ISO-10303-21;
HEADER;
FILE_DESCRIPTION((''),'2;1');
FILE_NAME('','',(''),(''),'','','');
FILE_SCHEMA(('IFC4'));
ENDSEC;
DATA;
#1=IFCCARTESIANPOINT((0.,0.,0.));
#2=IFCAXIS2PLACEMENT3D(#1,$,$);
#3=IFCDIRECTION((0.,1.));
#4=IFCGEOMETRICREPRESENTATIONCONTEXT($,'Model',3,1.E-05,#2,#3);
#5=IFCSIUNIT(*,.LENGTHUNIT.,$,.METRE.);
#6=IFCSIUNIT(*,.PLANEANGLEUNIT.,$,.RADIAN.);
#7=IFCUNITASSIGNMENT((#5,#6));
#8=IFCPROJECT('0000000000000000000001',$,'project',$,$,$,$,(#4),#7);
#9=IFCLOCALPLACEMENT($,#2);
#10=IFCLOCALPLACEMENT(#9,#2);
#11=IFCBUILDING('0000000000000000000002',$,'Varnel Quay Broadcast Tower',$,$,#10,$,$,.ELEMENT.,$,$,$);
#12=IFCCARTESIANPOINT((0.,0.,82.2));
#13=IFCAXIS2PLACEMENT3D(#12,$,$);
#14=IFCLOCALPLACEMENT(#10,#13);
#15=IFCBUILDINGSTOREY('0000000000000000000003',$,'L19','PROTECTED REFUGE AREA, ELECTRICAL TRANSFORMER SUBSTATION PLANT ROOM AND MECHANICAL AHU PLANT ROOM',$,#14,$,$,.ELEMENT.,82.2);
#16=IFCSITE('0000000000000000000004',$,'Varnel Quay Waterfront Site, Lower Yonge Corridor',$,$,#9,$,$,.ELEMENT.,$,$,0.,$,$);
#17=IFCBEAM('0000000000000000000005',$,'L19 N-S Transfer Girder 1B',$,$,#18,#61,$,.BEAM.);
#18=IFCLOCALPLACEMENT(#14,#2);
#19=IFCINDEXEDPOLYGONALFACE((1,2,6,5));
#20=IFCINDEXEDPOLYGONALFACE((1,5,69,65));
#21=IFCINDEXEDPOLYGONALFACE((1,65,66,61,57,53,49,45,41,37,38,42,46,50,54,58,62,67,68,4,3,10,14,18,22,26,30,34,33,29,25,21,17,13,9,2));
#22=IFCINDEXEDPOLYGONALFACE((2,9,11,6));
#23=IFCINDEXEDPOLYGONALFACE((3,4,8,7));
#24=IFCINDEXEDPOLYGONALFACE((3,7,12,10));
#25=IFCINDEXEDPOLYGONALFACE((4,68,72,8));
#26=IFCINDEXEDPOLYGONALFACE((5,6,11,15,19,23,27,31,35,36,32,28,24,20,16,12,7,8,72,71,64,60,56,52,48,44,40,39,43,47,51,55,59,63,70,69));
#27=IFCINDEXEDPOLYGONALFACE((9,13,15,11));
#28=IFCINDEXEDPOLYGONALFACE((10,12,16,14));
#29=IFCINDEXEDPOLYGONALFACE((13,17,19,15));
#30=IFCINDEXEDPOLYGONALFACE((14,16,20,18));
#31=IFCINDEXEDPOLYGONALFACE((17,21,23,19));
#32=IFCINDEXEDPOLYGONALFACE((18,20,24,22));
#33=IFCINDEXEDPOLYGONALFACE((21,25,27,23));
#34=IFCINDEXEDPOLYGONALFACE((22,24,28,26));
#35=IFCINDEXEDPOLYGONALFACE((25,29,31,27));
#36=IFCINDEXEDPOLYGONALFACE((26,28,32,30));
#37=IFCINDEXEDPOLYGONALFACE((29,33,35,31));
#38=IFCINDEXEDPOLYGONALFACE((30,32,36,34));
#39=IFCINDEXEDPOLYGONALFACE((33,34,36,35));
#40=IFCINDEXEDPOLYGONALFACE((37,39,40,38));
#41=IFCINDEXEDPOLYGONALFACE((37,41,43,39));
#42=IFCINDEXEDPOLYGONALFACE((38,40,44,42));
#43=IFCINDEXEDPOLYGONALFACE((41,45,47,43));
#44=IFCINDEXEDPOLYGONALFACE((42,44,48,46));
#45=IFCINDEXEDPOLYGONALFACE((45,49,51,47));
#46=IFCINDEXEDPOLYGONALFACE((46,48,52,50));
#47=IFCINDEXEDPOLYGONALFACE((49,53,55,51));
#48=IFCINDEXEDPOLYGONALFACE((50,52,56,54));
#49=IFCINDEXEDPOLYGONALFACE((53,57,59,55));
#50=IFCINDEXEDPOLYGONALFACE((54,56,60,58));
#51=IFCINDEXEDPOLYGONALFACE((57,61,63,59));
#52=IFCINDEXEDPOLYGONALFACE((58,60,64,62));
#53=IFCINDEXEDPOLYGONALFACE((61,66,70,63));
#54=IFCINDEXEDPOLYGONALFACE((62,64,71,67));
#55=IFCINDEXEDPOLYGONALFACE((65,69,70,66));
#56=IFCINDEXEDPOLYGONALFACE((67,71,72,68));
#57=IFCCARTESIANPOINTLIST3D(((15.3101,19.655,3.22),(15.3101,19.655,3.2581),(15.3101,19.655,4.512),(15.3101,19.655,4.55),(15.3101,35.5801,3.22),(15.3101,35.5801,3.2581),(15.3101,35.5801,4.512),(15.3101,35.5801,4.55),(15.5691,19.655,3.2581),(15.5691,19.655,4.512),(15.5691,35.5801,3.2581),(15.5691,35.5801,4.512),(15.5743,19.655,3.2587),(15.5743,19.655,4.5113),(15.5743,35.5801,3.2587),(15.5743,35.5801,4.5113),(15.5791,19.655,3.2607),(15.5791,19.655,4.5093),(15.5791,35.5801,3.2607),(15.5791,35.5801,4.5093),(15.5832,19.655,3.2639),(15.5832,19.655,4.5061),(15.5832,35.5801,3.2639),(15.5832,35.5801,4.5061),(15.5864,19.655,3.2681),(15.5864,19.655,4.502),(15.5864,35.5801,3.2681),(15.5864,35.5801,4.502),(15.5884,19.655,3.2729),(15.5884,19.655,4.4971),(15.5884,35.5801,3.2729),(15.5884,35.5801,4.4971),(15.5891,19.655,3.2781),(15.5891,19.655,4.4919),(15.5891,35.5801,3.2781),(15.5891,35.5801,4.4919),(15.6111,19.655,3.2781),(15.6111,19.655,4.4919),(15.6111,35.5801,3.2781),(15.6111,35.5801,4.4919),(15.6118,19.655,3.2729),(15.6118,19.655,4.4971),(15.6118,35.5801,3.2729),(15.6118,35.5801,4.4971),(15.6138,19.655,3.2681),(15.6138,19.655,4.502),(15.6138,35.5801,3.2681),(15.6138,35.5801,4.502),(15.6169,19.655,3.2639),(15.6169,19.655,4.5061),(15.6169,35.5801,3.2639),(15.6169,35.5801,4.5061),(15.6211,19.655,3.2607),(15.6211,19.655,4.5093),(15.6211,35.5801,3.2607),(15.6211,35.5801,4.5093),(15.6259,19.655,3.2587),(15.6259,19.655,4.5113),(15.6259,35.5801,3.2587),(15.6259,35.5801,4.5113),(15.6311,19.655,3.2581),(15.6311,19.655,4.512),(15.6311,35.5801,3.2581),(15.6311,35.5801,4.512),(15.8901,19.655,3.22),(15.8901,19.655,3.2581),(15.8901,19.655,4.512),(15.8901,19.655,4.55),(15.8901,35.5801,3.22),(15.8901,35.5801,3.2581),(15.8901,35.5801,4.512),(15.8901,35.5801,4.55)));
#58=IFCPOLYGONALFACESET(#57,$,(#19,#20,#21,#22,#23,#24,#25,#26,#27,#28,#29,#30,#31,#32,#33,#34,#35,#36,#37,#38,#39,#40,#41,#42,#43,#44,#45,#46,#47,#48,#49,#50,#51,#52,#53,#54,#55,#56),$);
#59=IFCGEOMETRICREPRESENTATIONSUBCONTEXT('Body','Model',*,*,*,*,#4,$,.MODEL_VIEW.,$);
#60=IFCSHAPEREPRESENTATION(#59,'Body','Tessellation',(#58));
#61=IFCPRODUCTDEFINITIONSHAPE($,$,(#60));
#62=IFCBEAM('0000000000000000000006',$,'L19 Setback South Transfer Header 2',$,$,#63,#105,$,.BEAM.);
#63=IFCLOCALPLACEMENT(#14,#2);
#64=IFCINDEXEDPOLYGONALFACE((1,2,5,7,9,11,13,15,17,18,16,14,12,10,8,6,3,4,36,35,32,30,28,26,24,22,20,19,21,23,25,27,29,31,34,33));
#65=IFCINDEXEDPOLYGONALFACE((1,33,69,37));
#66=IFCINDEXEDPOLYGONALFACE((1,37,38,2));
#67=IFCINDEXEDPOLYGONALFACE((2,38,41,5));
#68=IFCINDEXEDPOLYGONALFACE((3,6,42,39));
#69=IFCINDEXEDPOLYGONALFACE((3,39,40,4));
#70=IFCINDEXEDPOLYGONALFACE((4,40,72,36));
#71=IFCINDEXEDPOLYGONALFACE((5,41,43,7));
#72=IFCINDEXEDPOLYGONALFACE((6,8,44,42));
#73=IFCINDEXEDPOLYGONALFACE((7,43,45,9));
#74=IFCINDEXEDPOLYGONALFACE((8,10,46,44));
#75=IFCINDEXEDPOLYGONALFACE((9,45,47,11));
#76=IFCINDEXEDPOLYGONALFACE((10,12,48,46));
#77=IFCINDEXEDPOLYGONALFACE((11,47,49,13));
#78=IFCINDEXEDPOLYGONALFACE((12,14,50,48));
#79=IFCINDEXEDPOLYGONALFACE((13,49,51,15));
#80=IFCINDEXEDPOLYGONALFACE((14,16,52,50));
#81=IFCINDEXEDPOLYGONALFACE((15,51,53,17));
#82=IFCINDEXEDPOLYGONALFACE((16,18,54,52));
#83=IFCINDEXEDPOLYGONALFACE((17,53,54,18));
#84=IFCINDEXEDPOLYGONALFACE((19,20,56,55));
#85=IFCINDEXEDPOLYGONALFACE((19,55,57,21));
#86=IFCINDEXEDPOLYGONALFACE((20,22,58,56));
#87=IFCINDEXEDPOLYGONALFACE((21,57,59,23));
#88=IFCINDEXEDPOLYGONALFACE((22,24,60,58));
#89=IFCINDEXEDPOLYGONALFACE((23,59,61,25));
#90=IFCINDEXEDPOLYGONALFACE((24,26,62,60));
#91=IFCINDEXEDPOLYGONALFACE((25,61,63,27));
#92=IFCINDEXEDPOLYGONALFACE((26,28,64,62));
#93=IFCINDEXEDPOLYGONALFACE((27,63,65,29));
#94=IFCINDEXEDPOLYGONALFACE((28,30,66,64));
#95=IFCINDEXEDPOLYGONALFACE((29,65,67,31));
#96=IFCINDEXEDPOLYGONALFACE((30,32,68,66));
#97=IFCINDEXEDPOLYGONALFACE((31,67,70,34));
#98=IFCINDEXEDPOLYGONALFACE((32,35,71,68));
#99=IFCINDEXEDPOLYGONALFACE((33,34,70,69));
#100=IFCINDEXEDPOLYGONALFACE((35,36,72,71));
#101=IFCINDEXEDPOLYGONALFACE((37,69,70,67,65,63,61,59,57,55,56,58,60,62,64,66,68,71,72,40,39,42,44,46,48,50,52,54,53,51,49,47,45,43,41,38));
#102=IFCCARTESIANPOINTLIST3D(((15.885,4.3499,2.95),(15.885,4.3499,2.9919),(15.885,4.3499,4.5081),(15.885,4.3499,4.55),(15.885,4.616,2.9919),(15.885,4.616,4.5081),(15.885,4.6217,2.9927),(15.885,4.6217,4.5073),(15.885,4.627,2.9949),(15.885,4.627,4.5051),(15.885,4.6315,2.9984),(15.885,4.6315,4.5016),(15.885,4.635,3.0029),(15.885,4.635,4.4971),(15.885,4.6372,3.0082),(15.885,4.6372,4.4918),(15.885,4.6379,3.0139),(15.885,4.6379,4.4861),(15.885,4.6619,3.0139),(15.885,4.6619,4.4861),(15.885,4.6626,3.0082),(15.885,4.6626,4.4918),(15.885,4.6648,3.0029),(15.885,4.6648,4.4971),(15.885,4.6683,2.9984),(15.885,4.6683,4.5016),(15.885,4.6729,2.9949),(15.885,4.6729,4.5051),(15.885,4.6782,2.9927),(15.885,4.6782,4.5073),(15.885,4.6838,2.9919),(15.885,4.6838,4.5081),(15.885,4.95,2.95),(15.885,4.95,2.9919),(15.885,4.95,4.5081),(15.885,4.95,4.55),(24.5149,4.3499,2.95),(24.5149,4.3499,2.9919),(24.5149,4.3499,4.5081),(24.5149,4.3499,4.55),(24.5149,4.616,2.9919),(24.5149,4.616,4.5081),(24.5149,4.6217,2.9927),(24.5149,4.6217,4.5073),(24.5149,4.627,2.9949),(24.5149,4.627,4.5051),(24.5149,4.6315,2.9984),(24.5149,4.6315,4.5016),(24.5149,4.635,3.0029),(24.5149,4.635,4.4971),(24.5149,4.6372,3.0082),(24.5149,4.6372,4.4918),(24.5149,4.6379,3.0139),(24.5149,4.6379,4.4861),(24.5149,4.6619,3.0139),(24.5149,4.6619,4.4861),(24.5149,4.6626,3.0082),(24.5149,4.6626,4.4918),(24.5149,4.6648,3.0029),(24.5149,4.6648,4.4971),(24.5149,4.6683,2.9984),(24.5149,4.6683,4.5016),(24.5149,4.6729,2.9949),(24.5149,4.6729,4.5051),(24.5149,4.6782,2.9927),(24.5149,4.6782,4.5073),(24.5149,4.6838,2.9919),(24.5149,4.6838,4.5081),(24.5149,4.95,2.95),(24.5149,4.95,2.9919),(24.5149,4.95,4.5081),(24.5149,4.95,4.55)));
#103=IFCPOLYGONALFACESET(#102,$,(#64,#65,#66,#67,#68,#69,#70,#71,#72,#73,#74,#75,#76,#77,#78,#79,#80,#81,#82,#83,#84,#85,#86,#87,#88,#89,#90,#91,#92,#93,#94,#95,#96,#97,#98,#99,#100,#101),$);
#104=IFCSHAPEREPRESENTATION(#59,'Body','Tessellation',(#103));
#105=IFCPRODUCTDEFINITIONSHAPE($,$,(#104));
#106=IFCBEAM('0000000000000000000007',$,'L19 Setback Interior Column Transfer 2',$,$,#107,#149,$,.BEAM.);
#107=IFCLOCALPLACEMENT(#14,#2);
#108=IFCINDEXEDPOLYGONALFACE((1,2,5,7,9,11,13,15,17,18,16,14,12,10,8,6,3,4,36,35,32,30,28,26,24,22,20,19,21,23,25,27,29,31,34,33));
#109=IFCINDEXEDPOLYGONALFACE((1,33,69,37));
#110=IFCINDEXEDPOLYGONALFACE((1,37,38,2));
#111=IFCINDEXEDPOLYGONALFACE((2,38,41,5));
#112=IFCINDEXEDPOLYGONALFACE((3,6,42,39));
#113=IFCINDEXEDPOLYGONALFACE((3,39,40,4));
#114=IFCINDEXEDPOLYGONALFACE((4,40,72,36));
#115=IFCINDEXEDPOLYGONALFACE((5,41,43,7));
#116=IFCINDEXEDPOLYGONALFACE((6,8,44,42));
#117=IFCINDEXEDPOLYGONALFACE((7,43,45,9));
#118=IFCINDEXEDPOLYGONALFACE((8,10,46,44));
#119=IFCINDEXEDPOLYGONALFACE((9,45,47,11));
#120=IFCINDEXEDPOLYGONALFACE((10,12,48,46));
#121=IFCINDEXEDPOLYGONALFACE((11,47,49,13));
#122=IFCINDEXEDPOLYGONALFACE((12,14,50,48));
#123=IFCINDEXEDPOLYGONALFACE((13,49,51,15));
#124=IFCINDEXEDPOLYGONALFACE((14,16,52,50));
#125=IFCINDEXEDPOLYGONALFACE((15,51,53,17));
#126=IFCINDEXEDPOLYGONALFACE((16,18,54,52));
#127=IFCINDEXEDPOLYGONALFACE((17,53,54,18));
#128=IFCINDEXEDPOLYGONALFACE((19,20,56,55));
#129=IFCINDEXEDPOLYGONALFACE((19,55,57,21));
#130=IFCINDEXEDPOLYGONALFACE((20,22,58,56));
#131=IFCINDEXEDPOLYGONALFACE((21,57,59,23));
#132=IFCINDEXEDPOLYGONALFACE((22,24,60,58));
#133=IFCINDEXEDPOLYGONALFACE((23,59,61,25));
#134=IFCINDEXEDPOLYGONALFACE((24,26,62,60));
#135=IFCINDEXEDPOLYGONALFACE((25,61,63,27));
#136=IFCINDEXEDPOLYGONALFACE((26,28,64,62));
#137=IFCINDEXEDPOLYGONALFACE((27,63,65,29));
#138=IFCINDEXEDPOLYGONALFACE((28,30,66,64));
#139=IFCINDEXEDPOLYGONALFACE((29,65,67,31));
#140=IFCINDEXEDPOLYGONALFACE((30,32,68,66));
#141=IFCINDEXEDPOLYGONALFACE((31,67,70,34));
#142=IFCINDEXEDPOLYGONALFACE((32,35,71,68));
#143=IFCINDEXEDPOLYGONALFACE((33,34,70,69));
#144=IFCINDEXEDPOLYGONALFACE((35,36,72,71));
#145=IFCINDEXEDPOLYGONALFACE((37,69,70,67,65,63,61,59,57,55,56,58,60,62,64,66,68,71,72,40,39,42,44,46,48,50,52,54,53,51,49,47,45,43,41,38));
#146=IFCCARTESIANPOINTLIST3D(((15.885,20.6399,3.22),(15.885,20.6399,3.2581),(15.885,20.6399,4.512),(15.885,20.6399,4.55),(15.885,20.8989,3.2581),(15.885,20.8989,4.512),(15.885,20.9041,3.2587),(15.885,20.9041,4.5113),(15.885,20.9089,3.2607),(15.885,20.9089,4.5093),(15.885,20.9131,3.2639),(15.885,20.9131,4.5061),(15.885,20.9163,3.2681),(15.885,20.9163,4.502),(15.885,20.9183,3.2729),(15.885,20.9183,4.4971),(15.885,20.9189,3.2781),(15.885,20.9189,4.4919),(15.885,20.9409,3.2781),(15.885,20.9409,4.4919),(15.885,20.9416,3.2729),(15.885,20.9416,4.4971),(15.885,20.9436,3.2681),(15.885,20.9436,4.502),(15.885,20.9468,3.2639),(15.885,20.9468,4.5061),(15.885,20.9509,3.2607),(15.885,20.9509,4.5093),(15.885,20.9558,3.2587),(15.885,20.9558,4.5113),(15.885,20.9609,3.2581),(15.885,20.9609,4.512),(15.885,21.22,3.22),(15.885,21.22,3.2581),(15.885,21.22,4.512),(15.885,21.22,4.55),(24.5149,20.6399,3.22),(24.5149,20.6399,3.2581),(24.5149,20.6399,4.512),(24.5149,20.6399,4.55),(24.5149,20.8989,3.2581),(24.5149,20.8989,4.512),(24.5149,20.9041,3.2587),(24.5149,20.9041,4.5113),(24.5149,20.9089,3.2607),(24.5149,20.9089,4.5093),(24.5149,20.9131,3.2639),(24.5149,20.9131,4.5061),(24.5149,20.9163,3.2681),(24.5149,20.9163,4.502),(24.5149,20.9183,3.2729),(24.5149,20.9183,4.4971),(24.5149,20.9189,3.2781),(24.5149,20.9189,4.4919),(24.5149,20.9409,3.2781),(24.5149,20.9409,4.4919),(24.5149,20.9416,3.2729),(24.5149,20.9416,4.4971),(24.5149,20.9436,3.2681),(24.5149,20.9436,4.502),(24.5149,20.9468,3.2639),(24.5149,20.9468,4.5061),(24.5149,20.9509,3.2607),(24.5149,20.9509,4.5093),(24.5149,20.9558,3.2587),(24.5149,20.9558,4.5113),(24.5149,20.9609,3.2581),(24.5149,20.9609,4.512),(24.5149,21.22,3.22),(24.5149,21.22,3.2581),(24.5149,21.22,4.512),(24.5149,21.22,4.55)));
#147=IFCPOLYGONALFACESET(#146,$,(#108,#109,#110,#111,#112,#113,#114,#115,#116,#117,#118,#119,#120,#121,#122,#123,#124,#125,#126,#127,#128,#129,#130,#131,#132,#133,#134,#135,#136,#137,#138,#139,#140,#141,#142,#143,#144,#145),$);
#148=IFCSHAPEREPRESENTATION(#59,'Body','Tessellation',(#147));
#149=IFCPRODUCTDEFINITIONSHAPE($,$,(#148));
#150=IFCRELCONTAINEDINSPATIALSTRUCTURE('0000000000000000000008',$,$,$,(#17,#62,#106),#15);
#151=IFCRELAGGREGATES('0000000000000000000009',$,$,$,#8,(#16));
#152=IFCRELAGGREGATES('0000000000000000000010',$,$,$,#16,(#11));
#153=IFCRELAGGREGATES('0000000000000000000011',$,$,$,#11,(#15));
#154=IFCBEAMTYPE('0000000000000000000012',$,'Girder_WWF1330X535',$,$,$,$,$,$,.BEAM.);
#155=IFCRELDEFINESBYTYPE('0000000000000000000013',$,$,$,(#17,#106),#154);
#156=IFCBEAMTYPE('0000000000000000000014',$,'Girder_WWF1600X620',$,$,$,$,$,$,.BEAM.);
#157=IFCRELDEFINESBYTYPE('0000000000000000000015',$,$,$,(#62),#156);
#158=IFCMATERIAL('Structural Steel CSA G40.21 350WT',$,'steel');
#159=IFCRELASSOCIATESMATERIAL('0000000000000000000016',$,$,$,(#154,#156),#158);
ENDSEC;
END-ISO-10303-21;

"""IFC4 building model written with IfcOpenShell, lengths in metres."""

from ifc_helpers import new_model, si_unit, direction, frame, origin, origin_2d, place, context, subcontext, project, spatial, i_section, extrude, source, transform, mapped, material, material_profile, profile_set, type_object, element, save


model = new_model("IFC4")

# Units and contexts
model_context = context("Model", 3, precision=1e-05, world=origin(), true_north=direction((0.0, 1.0)))
body_context = subcontext(model_context, "Body", "Model", "MODEL_VIEW")
ifc_project = project(units=[si_unit("LENGTHUNIT", "METRE"), si_unit("PLANEANGLEUNIT", "RADIAN")], contexts=[model_context])

# Site, building, storey
site_placement = place(None, origin())
site = spatial("IfcSite", under=ifc_project, at=site_placement, Name="Varnel Quay Waterfront Site, Lower Yonge Corridor", CompositionType="ELEMENT", RefElevation=0.0)
building_placement = place(site_placement, origin())
building = spatial("IfcBuilding", under=site, at=building_placement, Name="Varnel Quay Broadcast Tower", CompositionType="ELEMENT")
storey_placement = place(building_placement, frame((0.0, 0.0, 82.2)))
storey = spatial("IfcBuildingStorey", under=building, at=storey_placement, Name="L19", Description="PROTECTED REFUGE AREA, ELECTRICAL TRANSFORMER SUBSTATION PLANT ROOM AND MECHANICAL AHU PLANT ROOM", CompositionType="ELEMENT", Elevation=82.2)

# Beams
ifc_material_1 = material(Name="Structural Steel CSA G40.21 350WT", Category="steel")
ifc_material_profile_1 = material_profile(ifc_material_1, i_section(OverallWidth=0.5801, OverallDepth=1.3301, WebThickness=0.022, FlangeThickness=0.0381, FilletRadius=0.02, at=origin_2d()), Name="WWF1330X535")
ifc_profile_set_1 = profile_set([ifc_material_profile_1], Name="Structural Steel CSA G40.21 350WT")
beam_type_1 = type_object("IfcBeamType", Name="Girder_WWF1330X535", PredefinedType="BEAM", material=ifc_profile_set_1)
ifc_material_profile_2 = material_profile(ifc_material_1, i_section(OverallWidth=0.6001, OverallDepth=1.6001, WebThickness=0.0239, FlangeThickness=0.042, FilletRadius=0.022, at=origin_2d()), Name="WWF1600X620")
ifc_profile_set_2 = profile_set([ifc_material_profile_2], Name="Structural Steel CSA G40.21 350WT")
beam_type_2 = type_object("IfcBeamType", Name="Girder_WWF1600X620", PredefinedType="BEAM", material=ifc_profile_set_2)
shared_shape_1 = source(origin(), body_context, "Body", "SweptSolid", [
    extrude(i_section(OverallWidth=0.5801, OverallDepth=1.3301, WebThickness=0.022, FlangeThickness=0.0381, FilletRadius=0.02, at=origin_2d()), origin(), (0.0, 0.0, 1.0), 15.925),
])
beam_1_placement = place(storey_placement, frame((15.6001, 19.655, 3.885), z_axis=(0.0, 1.0, 0.0), x_axis=(-1.0, 0.0, 0.0)))
element("IfcBeam", 1, at=beam_1_placement, inside=storey, type_object=beam_type_1, Name="L19 N-S Transfer Girder 1B", PredefinedType="BEAM", context=body_context, shape_type="MappedRepresentation", body=[
    mapped(shared_shape_1, transform((0.0, 0.0, 0.0), x_axis=(1.0, 0.0, 0.0), y_axis=(0.0, 1.0, 0.0), z_axis=(0.0, 0.0, 1.0), scale=1.0)),
])
shared_shape_2 = source(origin(), body_context, "Body", "SweptSolid", [
    extrude(i_section(OverallWidth=0.6001, OverallDepth=1.6001, WebThickness=0.0239, FlangeThickness=0.042, FilletRadius=0.022, at=origin_2d()), origin(), (0.0, 0.0, 1.0), 8.6299),
])
beam_2_placement = place(storey_placement, frame((15.885, 4.6499, 3.75), z_axis=(1.0, 0.0, 0.0), x_axis=(0.0, 1.0, 0.0)))
element("IfcBeam", 2, at=beam_2_placement, inside=storey, type_object=beam_type_2, Name="L19 Setback South Transfer Header 2", PredefinedType="BEAM", context=body_context, shape_type="MappedRepresentation", body=[
    mapped(shared_shape_2, transform((0.0, 0.0, 0.0), x_axis=(1.0, 0.0, 0.0), y_axis=(0.0, 1.0, 0.0), z_axis=(0.0, 0.0, 1.0), scale=1.0)),
])
shared_shape_3 = source(origin(), body_context, "Body", "SweptSolid", [
    extrude(i_section(OverallWidth=0.5801, OverallDepth=1.3301, WebThickness=0.022, FlangeThickness=0.0381, FilletRadius=0.02, at=origin_2d()), origin(), (0.0, 0.0, 1.0), 8.6299),
])
beam_3_placement = place(storey_placement, frame((15.885, 20.9299, 3.885), z_axis=(1.0, 0.0, 0.0), x_axis=(0.0, 1.0, 0.0)))
element("IfcBeam", 3, at=beam_3_placement, inside=storey, type_object=beam_type_1, Name="L19 Setback Interior Column Transfer 2", PredefinedType="BEAM", context=body_context, shape_type="MappedRepresentation", body=[
    mapped(shared_shape_3, transform((0.0, 0.0, 0.0), x_axis=(1.0, 0.0, 0.0), y_axis=(0.0, 1.0, 0.0), z_axis=(0.0, 0.0, 1.0), scale=1.0)),
])

save(model, "model.ifc")
